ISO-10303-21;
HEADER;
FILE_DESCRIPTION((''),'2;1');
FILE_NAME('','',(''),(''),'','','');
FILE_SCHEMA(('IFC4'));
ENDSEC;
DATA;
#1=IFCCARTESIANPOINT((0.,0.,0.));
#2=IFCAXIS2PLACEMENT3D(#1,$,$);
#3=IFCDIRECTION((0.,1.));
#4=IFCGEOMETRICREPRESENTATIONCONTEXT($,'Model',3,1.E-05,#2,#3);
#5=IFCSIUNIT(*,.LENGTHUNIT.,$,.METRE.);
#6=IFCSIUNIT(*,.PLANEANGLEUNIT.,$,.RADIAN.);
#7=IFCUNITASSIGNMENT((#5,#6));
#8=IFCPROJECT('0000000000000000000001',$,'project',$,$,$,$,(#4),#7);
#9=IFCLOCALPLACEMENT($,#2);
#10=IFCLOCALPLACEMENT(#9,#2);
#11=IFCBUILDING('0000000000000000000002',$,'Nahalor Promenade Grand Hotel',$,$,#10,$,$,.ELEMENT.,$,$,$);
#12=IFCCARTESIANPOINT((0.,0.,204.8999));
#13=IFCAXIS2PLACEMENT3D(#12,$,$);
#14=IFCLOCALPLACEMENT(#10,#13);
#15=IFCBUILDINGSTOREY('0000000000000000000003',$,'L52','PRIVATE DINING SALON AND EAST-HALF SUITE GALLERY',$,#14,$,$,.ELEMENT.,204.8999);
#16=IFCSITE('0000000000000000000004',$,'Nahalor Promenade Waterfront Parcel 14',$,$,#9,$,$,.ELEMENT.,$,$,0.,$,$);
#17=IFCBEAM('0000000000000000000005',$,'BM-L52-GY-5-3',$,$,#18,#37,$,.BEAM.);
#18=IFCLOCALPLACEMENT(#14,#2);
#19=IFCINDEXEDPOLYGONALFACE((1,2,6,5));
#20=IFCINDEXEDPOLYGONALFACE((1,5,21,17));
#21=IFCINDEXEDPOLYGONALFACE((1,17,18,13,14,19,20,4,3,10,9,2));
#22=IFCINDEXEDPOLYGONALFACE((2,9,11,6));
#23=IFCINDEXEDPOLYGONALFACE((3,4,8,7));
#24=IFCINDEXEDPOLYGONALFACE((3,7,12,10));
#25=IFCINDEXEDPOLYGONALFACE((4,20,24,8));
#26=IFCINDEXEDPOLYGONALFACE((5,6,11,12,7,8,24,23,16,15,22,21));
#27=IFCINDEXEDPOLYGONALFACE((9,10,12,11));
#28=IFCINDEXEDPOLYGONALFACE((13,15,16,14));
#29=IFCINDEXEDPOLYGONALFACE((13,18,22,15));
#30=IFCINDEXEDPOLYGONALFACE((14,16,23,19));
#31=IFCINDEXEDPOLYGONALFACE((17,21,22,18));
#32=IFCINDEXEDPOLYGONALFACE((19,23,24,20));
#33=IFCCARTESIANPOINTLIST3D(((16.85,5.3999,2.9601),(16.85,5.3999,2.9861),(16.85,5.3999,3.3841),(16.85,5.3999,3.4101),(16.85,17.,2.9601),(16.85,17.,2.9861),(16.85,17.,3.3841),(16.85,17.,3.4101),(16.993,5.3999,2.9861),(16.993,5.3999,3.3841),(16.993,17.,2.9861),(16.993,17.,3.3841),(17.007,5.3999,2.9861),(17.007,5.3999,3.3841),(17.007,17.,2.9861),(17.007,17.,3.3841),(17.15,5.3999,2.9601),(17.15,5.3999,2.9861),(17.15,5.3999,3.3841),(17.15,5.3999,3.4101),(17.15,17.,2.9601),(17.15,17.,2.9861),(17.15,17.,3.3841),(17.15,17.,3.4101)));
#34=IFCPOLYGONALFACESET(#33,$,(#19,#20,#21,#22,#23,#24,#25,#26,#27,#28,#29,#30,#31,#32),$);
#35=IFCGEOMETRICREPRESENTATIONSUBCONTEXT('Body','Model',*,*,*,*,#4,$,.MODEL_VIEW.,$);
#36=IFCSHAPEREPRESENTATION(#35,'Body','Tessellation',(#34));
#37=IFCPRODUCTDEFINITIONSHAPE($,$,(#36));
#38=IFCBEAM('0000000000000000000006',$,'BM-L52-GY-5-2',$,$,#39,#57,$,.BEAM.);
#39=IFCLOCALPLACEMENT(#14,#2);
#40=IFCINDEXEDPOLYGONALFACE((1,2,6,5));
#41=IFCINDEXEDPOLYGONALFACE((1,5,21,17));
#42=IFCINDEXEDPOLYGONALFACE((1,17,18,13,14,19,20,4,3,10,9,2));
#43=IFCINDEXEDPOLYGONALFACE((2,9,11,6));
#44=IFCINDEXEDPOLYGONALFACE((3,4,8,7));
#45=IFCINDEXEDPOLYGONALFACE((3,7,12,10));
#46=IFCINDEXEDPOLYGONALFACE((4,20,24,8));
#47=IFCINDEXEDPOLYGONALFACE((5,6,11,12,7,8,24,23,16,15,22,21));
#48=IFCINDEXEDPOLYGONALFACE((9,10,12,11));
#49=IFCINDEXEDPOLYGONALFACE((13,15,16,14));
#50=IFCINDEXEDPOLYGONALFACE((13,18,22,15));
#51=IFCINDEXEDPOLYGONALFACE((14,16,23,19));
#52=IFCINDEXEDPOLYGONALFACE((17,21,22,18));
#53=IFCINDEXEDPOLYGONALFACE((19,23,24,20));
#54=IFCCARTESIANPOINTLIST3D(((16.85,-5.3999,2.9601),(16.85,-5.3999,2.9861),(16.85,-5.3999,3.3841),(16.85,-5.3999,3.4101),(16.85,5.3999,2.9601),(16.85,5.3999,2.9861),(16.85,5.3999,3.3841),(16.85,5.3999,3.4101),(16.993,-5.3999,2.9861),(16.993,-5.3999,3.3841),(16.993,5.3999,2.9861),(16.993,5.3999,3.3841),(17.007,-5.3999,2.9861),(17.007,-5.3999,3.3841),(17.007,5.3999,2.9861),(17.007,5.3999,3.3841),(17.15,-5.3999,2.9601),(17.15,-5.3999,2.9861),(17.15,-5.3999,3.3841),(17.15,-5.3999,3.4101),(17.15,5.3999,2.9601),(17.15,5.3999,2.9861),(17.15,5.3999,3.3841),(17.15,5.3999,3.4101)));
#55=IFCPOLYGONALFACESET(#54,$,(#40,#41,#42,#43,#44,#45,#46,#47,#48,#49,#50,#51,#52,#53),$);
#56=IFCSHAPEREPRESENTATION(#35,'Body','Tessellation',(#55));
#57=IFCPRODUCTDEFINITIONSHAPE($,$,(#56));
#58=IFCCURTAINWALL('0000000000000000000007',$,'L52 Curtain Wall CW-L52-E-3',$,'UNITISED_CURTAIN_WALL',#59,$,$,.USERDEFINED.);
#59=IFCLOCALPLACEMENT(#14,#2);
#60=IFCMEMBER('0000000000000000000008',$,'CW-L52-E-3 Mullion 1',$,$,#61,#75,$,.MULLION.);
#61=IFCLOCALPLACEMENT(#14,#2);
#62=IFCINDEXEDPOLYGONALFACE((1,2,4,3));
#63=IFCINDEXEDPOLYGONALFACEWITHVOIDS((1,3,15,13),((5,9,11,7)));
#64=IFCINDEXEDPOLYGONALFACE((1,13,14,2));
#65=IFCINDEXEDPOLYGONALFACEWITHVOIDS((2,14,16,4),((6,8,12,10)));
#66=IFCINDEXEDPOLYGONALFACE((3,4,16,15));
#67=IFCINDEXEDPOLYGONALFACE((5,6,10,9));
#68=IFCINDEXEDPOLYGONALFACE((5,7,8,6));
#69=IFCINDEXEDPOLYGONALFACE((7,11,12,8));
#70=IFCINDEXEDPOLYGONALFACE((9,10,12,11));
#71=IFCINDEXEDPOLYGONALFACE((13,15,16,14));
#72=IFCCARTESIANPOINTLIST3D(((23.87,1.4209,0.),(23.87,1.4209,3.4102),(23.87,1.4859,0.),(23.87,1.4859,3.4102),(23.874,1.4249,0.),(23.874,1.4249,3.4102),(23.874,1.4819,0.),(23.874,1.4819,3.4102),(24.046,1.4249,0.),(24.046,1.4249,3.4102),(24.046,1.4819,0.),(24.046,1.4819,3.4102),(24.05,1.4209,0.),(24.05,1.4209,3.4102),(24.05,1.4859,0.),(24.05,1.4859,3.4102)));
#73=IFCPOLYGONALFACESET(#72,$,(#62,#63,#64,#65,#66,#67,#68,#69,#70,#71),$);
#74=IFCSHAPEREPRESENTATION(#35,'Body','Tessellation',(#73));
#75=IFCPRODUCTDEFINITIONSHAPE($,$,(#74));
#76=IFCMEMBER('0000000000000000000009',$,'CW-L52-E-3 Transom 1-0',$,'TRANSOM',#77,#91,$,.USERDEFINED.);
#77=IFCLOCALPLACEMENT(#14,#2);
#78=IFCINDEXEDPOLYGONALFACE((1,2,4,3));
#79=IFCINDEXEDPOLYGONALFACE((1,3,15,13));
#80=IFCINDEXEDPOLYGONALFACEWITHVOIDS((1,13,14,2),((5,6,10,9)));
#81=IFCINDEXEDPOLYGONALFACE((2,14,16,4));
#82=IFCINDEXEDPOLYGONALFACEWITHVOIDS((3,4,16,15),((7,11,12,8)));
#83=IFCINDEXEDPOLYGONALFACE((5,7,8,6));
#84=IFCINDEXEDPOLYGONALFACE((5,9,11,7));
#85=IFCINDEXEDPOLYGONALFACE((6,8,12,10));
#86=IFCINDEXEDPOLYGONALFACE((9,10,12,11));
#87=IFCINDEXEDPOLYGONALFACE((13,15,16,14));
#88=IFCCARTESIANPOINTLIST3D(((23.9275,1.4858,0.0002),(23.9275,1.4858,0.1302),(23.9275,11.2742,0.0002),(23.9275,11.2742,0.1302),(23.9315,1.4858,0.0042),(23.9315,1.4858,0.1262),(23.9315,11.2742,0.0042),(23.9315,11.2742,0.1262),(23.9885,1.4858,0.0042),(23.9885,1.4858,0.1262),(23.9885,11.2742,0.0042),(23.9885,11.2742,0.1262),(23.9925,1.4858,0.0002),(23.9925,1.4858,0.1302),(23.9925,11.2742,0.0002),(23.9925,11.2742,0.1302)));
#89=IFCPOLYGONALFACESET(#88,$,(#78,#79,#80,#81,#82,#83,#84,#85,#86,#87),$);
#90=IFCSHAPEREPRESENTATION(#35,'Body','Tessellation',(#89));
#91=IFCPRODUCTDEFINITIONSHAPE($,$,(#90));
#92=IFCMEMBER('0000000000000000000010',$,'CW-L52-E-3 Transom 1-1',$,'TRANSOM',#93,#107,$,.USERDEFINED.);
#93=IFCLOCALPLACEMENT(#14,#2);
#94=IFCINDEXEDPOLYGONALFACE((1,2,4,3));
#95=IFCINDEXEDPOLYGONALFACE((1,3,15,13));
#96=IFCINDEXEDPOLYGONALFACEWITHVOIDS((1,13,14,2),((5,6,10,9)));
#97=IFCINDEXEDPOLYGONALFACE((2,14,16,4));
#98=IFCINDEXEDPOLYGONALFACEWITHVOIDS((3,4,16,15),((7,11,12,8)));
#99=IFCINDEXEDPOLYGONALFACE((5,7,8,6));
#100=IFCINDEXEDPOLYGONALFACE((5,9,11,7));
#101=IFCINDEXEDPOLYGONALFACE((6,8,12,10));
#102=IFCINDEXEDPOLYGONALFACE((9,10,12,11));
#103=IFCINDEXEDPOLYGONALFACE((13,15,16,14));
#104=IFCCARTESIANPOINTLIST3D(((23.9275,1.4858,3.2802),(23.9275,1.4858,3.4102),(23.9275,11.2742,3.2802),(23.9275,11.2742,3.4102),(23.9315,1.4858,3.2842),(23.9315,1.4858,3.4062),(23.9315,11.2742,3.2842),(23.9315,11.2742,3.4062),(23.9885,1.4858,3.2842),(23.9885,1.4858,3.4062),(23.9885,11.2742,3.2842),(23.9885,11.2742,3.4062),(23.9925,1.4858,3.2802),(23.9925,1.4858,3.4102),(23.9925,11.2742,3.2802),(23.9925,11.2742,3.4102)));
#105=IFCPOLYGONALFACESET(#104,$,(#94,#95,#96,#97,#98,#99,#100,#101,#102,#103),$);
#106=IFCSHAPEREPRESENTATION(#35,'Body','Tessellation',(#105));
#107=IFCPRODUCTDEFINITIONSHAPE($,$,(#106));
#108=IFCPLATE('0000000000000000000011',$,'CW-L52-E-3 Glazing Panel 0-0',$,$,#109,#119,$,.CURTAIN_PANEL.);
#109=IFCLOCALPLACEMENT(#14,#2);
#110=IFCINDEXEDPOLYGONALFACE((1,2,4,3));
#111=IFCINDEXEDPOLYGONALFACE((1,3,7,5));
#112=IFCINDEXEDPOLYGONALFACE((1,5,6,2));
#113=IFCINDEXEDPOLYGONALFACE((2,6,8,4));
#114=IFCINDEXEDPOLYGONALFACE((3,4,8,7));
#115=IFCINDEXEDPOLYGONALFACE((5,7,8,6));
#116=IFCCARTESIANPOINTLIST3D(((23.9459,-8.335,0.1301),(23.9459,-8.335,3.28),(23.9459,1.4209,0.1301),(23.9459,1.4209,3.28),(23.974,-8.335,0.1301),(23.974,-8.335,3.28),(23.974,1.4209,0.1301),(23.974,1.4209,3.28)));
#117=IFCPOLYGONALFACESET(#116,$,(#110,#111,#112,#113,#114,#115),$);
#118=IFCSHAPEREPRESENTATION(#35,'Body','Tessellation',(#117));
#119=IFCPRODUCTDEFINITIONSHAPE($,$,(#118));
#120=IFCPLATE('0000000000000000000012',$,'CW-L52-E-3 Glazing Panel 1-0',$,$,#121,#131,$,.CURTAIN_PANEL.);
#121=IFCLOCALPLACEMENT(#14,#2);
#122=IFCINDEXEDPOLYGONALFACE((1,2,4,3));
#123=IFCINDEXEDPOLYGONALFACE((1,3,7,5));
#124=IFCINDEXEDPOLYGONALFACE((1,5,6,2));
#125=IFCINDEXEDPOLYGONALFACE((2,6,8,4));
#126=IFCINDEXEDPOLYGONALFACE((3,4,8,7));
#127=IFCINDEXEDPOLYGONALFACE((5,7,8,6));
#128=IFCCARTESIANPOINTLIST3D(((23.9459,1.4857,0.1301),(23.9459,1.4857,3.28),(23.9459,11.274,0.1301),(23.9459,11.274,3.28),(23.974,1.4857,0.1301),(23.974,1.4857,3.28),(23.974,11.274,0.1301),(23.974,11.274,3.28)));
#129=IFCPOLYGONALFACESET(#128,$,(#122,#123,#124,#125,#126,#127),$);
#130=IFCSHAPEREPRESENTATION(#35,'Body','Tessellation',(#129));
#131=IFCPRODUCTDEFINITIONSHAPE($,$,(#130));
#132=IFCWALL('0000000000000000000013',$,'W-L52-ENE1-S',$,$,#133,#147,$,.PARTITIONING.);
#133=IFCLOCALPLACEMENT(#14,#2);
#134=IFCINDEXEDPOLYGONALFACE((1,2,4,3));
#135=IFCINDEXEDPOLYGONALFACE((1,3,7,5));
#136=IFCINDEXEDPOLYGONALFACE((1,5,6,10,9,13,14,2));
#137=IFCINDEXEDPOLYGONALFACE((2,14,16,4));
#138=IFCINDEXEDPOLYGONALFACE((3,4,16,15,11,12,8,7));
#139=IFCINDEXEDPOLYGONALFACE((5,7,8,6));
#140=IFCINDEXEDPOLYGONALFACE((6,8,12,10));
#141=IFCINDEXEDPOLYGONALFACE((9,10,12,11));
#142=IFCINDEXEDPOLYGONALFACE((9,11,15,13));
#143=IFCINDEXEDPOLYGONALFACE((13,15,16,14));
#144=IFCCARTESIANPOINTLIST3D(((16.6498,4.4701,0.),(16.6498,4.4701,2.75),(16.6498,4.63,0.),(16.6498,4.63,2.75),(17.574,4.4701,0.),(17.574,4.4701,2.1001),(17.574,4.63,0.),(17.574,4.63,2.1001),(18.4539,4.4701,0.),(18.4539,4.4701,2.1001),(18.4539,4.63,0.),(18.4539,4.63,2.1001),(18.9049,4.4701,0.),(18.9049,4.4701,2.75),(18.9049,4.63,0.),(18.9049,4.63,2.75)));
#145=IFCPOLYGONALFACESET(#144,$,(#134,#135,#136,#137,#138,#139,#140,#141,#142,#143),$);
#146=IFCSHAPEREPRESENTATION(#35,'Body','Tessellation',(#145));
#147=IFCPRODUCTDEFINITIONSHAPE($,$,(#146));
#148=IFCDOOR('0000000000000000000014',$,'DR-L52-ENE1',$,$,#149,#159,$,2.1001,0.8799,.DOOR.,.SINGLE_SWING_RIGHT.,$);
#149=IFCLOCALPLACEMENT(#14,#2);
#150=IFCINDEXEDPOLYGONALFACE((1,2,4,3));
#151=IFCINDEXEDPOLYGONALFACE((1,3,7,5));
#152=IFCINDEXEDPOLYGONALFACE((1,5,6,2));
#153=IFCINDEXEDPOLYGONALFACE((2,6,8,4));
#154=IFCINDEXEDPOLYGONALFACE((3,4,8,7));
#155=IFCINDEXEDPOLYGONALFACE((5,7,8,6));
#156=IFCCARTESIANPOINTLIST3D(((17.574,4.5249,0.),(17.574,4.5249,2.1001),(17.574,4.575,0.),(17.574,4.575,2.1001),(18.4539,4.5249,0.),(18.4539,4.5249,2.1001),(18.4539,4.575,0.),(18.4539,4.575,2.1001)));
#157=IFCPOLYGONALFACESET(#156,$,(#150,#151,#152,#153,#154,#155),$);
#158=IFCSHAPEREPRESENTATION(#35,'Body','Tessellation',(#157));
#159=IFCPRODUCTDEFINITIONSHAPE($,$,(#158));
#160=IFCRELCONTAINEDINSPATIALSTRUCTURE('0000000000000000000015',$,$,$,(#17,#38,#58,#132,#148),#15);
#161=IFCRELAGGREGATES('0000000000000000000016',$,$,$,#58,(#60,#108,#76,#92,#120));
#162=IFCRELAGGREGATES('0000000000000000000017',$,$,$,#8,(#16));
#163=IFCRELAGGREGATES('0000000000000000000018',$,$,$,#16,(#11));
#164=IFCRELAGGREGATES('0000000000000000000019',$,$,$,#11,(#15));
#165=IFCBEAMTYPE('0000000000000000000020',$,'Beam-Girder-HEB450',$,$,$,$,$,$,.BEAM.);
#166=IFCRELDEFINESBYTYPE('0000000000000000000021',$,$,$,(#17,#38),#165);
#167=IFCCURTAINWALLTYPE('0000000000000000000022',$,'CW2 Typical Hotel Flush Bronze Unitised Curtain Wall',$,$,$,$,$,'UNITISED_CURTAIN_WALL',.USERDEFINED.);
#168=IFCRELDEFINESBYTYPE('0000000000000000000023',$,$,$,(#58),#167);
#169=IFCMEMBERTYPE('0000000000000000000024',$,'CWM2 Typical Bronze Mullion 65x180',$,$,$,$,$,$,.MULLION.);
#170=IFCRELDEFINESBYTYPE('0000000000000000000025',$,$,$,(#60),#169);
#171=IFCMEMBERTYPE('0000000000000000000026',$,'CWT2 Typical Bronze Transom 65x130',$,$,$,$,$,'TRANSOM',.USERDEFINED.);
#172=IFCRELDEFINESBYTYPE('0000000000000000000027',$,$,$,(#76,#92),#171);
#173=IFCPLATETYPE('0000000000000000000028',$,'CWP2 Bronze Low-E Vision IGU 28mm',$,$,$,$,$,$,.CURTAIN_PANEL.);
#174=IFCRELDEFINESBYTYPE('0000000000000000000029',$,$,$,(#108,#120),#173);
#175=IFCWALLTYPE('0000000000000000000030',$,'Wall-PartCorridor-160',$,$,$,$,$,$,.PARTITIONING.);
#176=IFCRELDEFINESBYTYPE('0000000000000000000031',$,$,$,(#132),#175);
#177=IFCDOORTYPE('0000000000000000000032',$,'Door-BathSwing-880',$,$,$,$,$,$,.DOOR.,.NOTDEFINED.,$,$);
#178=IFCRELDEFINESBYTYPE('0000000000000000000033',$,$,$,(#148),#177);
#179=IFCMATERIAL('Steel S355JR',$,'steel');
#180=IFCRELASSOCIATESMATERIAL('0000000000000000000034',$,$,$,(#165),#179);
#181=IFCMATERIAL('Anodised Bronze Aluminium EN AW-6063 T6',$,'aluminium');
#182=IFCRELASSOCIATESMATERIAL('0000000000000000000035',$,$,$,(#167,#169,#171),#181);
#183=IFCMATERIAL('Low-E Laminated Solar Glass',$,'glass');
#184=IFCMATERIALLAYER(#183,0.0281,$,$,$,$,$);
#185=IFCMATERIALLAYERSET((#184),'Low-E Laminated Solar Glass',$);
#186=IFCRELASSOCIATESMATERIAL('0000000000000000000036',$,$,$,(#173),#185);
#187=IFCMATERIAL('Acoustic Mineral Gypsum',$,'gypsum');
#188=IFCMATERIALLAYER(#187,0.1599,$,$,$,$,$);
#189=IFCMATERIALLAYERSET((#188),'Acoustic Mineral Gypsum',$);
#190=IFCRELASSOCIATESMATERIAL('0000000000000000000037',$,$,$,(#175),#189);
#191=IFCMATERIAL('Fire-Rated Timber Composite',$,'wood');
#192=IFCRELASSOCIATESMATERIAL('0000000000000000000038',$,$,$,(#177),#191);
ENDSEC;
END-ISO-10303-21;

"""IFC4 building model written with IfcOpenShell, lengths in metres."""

from ifc_helpers import new_model, si_unit, direction, frame, frame_2d, origin, origin_2d, place, context, subcontext, project, spatial, rectangle, hollow_rectangle, i_section, extrude, source, transform, mapped, material, layer, layer_set, material_profile, profile_set, type_object, element, fill, aggregate, save


model = new_model("IFC4")

# Units and contexts
model_context = context("Model", 3, precision=1e-05, world=origin(), true_north=direction((0.0, 1.0)))
body_context = subcontext(model_context, "Body", "Model", "MODEL_VIEW")
ifc_project = project(units=[si_unit("LENGTHUNIT", "METRE"), si_unit("PLANEANGLEUNIT", "RADIAN")], contexts=[model_context])

# Site, building, storey
site_placement = place(None, origin())
site = spatial("IfcSite", under=ifc_project, at=site_placement, Name="Nahalor Promenade Waterfront Parcel 14", CompositionType="ELEMENT", RefElevation=0.0)
building_placement = place(site_placement, origin())
building = spatial("IfcBuilding", under=site, at=building_placement, Name="Nahalor Promenade Grand Hotel", CompositionType="ELEMENT")
storey_placement = place(building_placement, frame((0.0, 0.0, 204.8999)))
storey = spatial("IfcBuildingStorey", under=building, at=storey_placement, Name="L52", Description="PRIVATE DINING SALON AND EAST-HALF SUITE GALLERY", CompositionType="ELEMENT", Elevation=204.8999)

# Shared definitions
ifc_material_1 = material(Name="Steel S355JR", Category="steel")

# Beams
ifc_material_profile_1 = material_profile(ifc_material_1, i_section(OverallWidth=0.3, OverallDepth=0.45, WebThickness=0.014, FlangeThickness=0.026, at=origin_2d()), Name="HEB 450")
ifc_profile_set_1 = profile_set([ifc_material_profile_1], Name="Steel S355JR")
beam_type_1 = type_object("IfcBeamType", Name="Beam-Girder-HEB450", PredefinedType="BEAM", material=ifc_profile_set_1)
shared_shape_1 = source(origin(), body_context, "Body", "SweptSolid", [
    extrude(i_section(OverallWidth=0.3, OverallDepth=0.45, WebThickness=0.014, FlangeThickness=0.026, at=origin_2d()), origin(), (0.0, 0.0, 1.0), 11.6001),
])
beam_1_placement = place(storey_placement, frame((17.0, 5.3999, 3.1851), z_axis=(0.0, 1.0, 0.0), x_axis=(-1.0, 0.0, 0.0)))
element("IfcBeam", 1, at=beam_1_placement, inside=storey, type_object=beam_type_1, Name="BM-L52-GY-5-3", PredefinedType="BEAM", context=body_context, shape_type="MappedRepresentation", body=[
    mapped(shared_shape_1, transform((0.0, 0.0, 0.0), scale=1.0)),
])
shared_shape_2 = source(origin(), body_context, "Body", "SweptSolid", [
    extrude(i_section(OverallWidth=0.3, OverallDepth=0.45, WebThickness=0.014, FlangeThickness=0.026, at=origin_2d()), origin(), (0.0, 0.0, 1.0), 10.7998),
])
beam_2_placement = place(storey_placement, frame((17.0, -5.3999, 3.1851), z_axis=(0.0, 1.0, 0.0), x_axis=(-1.0, 0.0, 0.0)))
element("IfcBeam", 2, at=beam_2_placement, inside=storey, type_object=beam_type_1, Name="BM-L52-GY-5-2", PredefinedType="BEAM", context=body_context, shape_type="MappedRepresentation", body=[
    mapped(shared_shape_2, transform((0.0, 0.0, 0.0), scale=1.0)),
])

# Curtain wall, members, plates
ifc_material_2 = material(Name="Anodised Bronze Aluminium EN AW-6063 T6", Category="aluminium")
curtain_wall_type = type_object("IfcCurtainWallType", Name="CW2 Typical Hotel Flush Bronze Unitised Curtain Wall", ElementType="UNITISED_CURTAIN_WALL", PredefinedType="USERDEFINED", material=ifc_material_2)
curtain_wall_placement = place(storey_placement, origin())
curtain_wall = element("IfcCurtainWall", 3, at=curtain_wall_placement, inside=storey, type_object=curtain_wall_type, Name="L52 Curtain Wall CW-L52-E-3", ObjectType="UNITISED_CURTAIN_WALL", PredefinedType="USERDEFINED")
ifc_material_profile_2 = material_profile(ifc_material_2, hollow_rectangle(XDim=0.065, YDim=0.18, WallThickness=0.004, at=origin_2d()), Name="CWM 65x180x4")
ifc_profile_set_2 = profile_set([ifc_material_profile_2], Name="Anodised Bronze Aluminium EN AW-6063 T6")
member_type_1 = type_object("IfcMemberType", Name="CWM2 Typical Bronze Mullion 65x180", PredefinedType="MULLION", material=ifc_profile_set_2)
shared_shape_3 = source(origin(), body_context, "Body", "SweptSolid", [
    extrude(hollow_rectangle(XDim=0.065, YDim=0.18, WallThickness=0.004, at=origin_2d()), origin(), (0.0, 0.0, 1.0), 3.4102),
])
member_1_placement = place(storey_placement, frame((23.96, 1.4534, 0.0), z_axis=(0.0, 0.0, 1.0), x_axis=(0.0, 1.0, 0.0)))
member_1 = element("IfcMember", 4, at=member_1_placement, type_object=member_type_1, Name="CW-L52-E-3 Mullion 1", PredefinedType="MULLION", context=body_context, shape_type="MappedRepresentation", body=[
    mapped(shared_shape_3, transform((0.0, 0.0, 0.0), scale=1.0)),
])
ifc_material_profile_3 = material_profile(ifc_material_2, hollow_rectangle(XDim=0.065, YDim=0.13, WallThickness=0.004, at=origin_2d()), Name="CWT 65x130x4")
ifc_profile_set_3 = profile_set([ifc_material_profile_3], Name="Anodised Bronze Aluminium EN AW-6063 T6")
member_type_2 = type_object("IfcMemberType", Name="CWT2 Typical Bronze Transom 65x130", ElementType="TRANSOM", PredefinedType="USERDEFINED", material=ifc_profile_set_3)
shared_shape_4 = source(origin(), body_context, "Body", "SweptSolid", [
    extrude(hollow_rectangle(XDim=0.065, YDim=0.13, WallThickness=0.004, at=origin_2d()), origin(), (0.0, 0.0, 1.0), 9.7883),
])
member_2_placement = place(storey_placement, frame((23.96, 1.4858, 0.0652), z_axis=(0.0, 1.0, 0.0), x_axis=(-1.0, 0.0, 0.0)))
member_2 = element("IfcMember", 5, at=member_2_placement, type_object=member_type_2, Name="CW-L52-E-3 Transom 1-0", ObjectType="TRANSOM", PredefinedType="USERDEFINED", context=body_context, shape_type="MappedRepresentation", body=[
    mapped(shared_shape_4, transform((0.0, 0.0, 0.0), scale=1.0)),
])
member_3_placement = place(storey_placement, frame((23.96, 1.4858, 3.3452), z_axis=(0.0, 1.0, 0.0), x_axis=(-1.0, 0.0, 0.0)))
member_3 = element("IfcMember", 6, at=member_3_placement, type_object=member_type_2, Name="CW-L52-E-3 Transom 1-1", ObjectType="TRANSOM", PredefinedType="USERDEFINED", context=body_context, shape_type="MappedRepresentation", body=[
    mapped(shared_shape_4, transform((0.0, 0.0, 0.0), scale=1.0)),
])
ifc_material_3 = material(Name="Low-E Laminated Solar Glass", Category="glass")
ifc_layer_1 = layer(ifc_material_3, 0.0281)
ifc_layer_set_1 = layer_set([ifc_layer_1], Name="Low-E Laminated Solar Glass")
plate_type = type_object("IfcPlateType", Name="CWP2 Bronze Low-E Vision IGU 28mm", PredefinedType="CURTAIN_PANEL", material=ifc_layer_set_1)
shared_shape_5 = source(origin(), body_context, "Body", "SweptSolid", [
    extrude(rectangle(XDim=9.7559, YDim=0.0281, at=origin_2d()), origin(), (0.0, 0.0, 1.0), 3.1499),
])
plate_1_placement = place(storey_placement, frame((23.96, -3.457, 0.1301), z_axis=(0.0, 0.0, 1.0), x_axis=(0.0, 1.0, 0.0)))
plate_1 = element("IfcPlate", 7, at=plate_1_placement, type_object=plate_type, Name="CW-L52-E-3 Glazing Panel 0-0", PredefinedType="CURTAIN_PANEL", context=body_context, shape_type="MappedRepresentation", body=[
    mapped(shared_shape_5, transform((0.0, 0.0, 0.0), scale=1.0)),
])
shared_shape_6 = source(origin(), body_context, "Body", "SweptSolid", [
    extrude(rectangle(XDim=9.7883, YDim=0.0281, at=origin_2d()), origin(), (0.0, 0.0, 1.0), 3.1499),
])
plate_2_placement = place(storey_placement, frame((23.96, 6.3799, 0.1301), z_axis=(0.0, 0.0, 1.0), x_axis=(0.0, 1.0, 0.0)))
plate_2 = element("IfcPlate", 8, at=plate_2_placement, type_object=plate_type, Name="CW-L52-E-3 Glazing Panel 1-0", PredefinedType="CURTAIN_PANEL", context=body_context, shape_type="MappedRepresentation", body=[
    mapped(shared_shape_6, transform((0.0, 0.0, 0.0), scale=1.0)),
])
aggregate(curtain_wall, [member_1, plate_1, member_2, member_3, plate_2])

# Wall, opening, door
ifc_material_4 = material(Name="Acoustic Mineral Gypsum", Category="gypsum")
ifc_layer_2 = layer(ifc_material_4, 0.1599)
ifc_layer_set_2 = layer_set([ifc_layer_2], Name="Acoustic Mineral Gypsum")
wall_type = type_object("IfcWallType", Name="Wall-PartCorridor-160", PredefinedType="PARTITIONING", material=ifc_layer_set_2)
shared_shape_7 = source(origin(), body_context, "Body", "SweptSolid", [
    extrude(rectangle(XDim=2.2551, YDim=0.1599, at=frame_2d((1.1274, 0.0))), origin(), (0.0, 0.0, 1.0), 2.75),
])
wall_1_placement = place(storey_placement, frame((16.6499, 4.55, 0.0), z_axis=(0.0, 0.0, 1.0), x_axis=(1.0, 0.0, 0.0)))
wall_1 = element("IfcWall", 9, at=wall_1_placement, inside=storey, type_object=wall_type, Name="W-L52-ENE1-S", PredefinedType="PARTITIONING", context=body_context, shape_type="MappedRepresentation", body=[
    mapped(shared_shape_7, transform((0.0, 0.0, 0.0), scale=1.0)),
])
opening_1_placement = place(wall_1_placement, frame((0.9241, 0.0, 0.0)))
opening_1 = element("IfcOpeningElement", 10, at=opening_1_placement, cuts=wall_1, PredefinedType="OPENING", context=body_context, shape_type="SweptSolid", body=[
    extrude(rectangle(XDim=0.8799, YDim=2.1001, at=frame_2d((0.4399, 1.05))), frame((0.0, 0.0898, 0.0), z_axis=(0.0, -1.0, 0.0), x_axis=(1.0, 0.0, 0.0)), (0.0, 0.0, 1.0), 0.1799),
])
ifc_material_5 = material(Name="Fire-Rated Timber Composite", Category="wood")
door_type = type_object("IfcDoorType", Name="Door-BathSwing-880", OperationType="NOTDEFINED", PredefinedType="DOOR", material=ifc_material_5)
shared_shape_8 = source(origin(), body_context, "Body", "SweptSolid", [
    extrude(rectangle(XDim=0.8799, YDim=2.1001, at=frame_2d((0.4399, 1.05))), frame((0.0, 0.0249, 0.0), z_axis=(0.0, -1.0, 0.0), x_axis=(1.0, 0.0, 0.0)), (0.0, 0.0, 1.0), 0.05),
])
door_1_placement = place(opening_1_placement, origin())
door_1 = element("IfcDoor", 11, at=door_1_placement, inside=storey, type_object=door_type, Name="DR-L52-ENE1", OperationType="SINGLE_SWING_RIGHT", OverallHeight=2.1001, OverallWidth=0.8799, PredefinedType="DOOR", context=body_context, shape_type="MappedRepresentation", body=[
    mapped(shared_shape_8, transform((0.0, 0.0, 0.0), scale=1.0)),
])
fill(opening_1, door_1)

save(model, "model.ifc")
